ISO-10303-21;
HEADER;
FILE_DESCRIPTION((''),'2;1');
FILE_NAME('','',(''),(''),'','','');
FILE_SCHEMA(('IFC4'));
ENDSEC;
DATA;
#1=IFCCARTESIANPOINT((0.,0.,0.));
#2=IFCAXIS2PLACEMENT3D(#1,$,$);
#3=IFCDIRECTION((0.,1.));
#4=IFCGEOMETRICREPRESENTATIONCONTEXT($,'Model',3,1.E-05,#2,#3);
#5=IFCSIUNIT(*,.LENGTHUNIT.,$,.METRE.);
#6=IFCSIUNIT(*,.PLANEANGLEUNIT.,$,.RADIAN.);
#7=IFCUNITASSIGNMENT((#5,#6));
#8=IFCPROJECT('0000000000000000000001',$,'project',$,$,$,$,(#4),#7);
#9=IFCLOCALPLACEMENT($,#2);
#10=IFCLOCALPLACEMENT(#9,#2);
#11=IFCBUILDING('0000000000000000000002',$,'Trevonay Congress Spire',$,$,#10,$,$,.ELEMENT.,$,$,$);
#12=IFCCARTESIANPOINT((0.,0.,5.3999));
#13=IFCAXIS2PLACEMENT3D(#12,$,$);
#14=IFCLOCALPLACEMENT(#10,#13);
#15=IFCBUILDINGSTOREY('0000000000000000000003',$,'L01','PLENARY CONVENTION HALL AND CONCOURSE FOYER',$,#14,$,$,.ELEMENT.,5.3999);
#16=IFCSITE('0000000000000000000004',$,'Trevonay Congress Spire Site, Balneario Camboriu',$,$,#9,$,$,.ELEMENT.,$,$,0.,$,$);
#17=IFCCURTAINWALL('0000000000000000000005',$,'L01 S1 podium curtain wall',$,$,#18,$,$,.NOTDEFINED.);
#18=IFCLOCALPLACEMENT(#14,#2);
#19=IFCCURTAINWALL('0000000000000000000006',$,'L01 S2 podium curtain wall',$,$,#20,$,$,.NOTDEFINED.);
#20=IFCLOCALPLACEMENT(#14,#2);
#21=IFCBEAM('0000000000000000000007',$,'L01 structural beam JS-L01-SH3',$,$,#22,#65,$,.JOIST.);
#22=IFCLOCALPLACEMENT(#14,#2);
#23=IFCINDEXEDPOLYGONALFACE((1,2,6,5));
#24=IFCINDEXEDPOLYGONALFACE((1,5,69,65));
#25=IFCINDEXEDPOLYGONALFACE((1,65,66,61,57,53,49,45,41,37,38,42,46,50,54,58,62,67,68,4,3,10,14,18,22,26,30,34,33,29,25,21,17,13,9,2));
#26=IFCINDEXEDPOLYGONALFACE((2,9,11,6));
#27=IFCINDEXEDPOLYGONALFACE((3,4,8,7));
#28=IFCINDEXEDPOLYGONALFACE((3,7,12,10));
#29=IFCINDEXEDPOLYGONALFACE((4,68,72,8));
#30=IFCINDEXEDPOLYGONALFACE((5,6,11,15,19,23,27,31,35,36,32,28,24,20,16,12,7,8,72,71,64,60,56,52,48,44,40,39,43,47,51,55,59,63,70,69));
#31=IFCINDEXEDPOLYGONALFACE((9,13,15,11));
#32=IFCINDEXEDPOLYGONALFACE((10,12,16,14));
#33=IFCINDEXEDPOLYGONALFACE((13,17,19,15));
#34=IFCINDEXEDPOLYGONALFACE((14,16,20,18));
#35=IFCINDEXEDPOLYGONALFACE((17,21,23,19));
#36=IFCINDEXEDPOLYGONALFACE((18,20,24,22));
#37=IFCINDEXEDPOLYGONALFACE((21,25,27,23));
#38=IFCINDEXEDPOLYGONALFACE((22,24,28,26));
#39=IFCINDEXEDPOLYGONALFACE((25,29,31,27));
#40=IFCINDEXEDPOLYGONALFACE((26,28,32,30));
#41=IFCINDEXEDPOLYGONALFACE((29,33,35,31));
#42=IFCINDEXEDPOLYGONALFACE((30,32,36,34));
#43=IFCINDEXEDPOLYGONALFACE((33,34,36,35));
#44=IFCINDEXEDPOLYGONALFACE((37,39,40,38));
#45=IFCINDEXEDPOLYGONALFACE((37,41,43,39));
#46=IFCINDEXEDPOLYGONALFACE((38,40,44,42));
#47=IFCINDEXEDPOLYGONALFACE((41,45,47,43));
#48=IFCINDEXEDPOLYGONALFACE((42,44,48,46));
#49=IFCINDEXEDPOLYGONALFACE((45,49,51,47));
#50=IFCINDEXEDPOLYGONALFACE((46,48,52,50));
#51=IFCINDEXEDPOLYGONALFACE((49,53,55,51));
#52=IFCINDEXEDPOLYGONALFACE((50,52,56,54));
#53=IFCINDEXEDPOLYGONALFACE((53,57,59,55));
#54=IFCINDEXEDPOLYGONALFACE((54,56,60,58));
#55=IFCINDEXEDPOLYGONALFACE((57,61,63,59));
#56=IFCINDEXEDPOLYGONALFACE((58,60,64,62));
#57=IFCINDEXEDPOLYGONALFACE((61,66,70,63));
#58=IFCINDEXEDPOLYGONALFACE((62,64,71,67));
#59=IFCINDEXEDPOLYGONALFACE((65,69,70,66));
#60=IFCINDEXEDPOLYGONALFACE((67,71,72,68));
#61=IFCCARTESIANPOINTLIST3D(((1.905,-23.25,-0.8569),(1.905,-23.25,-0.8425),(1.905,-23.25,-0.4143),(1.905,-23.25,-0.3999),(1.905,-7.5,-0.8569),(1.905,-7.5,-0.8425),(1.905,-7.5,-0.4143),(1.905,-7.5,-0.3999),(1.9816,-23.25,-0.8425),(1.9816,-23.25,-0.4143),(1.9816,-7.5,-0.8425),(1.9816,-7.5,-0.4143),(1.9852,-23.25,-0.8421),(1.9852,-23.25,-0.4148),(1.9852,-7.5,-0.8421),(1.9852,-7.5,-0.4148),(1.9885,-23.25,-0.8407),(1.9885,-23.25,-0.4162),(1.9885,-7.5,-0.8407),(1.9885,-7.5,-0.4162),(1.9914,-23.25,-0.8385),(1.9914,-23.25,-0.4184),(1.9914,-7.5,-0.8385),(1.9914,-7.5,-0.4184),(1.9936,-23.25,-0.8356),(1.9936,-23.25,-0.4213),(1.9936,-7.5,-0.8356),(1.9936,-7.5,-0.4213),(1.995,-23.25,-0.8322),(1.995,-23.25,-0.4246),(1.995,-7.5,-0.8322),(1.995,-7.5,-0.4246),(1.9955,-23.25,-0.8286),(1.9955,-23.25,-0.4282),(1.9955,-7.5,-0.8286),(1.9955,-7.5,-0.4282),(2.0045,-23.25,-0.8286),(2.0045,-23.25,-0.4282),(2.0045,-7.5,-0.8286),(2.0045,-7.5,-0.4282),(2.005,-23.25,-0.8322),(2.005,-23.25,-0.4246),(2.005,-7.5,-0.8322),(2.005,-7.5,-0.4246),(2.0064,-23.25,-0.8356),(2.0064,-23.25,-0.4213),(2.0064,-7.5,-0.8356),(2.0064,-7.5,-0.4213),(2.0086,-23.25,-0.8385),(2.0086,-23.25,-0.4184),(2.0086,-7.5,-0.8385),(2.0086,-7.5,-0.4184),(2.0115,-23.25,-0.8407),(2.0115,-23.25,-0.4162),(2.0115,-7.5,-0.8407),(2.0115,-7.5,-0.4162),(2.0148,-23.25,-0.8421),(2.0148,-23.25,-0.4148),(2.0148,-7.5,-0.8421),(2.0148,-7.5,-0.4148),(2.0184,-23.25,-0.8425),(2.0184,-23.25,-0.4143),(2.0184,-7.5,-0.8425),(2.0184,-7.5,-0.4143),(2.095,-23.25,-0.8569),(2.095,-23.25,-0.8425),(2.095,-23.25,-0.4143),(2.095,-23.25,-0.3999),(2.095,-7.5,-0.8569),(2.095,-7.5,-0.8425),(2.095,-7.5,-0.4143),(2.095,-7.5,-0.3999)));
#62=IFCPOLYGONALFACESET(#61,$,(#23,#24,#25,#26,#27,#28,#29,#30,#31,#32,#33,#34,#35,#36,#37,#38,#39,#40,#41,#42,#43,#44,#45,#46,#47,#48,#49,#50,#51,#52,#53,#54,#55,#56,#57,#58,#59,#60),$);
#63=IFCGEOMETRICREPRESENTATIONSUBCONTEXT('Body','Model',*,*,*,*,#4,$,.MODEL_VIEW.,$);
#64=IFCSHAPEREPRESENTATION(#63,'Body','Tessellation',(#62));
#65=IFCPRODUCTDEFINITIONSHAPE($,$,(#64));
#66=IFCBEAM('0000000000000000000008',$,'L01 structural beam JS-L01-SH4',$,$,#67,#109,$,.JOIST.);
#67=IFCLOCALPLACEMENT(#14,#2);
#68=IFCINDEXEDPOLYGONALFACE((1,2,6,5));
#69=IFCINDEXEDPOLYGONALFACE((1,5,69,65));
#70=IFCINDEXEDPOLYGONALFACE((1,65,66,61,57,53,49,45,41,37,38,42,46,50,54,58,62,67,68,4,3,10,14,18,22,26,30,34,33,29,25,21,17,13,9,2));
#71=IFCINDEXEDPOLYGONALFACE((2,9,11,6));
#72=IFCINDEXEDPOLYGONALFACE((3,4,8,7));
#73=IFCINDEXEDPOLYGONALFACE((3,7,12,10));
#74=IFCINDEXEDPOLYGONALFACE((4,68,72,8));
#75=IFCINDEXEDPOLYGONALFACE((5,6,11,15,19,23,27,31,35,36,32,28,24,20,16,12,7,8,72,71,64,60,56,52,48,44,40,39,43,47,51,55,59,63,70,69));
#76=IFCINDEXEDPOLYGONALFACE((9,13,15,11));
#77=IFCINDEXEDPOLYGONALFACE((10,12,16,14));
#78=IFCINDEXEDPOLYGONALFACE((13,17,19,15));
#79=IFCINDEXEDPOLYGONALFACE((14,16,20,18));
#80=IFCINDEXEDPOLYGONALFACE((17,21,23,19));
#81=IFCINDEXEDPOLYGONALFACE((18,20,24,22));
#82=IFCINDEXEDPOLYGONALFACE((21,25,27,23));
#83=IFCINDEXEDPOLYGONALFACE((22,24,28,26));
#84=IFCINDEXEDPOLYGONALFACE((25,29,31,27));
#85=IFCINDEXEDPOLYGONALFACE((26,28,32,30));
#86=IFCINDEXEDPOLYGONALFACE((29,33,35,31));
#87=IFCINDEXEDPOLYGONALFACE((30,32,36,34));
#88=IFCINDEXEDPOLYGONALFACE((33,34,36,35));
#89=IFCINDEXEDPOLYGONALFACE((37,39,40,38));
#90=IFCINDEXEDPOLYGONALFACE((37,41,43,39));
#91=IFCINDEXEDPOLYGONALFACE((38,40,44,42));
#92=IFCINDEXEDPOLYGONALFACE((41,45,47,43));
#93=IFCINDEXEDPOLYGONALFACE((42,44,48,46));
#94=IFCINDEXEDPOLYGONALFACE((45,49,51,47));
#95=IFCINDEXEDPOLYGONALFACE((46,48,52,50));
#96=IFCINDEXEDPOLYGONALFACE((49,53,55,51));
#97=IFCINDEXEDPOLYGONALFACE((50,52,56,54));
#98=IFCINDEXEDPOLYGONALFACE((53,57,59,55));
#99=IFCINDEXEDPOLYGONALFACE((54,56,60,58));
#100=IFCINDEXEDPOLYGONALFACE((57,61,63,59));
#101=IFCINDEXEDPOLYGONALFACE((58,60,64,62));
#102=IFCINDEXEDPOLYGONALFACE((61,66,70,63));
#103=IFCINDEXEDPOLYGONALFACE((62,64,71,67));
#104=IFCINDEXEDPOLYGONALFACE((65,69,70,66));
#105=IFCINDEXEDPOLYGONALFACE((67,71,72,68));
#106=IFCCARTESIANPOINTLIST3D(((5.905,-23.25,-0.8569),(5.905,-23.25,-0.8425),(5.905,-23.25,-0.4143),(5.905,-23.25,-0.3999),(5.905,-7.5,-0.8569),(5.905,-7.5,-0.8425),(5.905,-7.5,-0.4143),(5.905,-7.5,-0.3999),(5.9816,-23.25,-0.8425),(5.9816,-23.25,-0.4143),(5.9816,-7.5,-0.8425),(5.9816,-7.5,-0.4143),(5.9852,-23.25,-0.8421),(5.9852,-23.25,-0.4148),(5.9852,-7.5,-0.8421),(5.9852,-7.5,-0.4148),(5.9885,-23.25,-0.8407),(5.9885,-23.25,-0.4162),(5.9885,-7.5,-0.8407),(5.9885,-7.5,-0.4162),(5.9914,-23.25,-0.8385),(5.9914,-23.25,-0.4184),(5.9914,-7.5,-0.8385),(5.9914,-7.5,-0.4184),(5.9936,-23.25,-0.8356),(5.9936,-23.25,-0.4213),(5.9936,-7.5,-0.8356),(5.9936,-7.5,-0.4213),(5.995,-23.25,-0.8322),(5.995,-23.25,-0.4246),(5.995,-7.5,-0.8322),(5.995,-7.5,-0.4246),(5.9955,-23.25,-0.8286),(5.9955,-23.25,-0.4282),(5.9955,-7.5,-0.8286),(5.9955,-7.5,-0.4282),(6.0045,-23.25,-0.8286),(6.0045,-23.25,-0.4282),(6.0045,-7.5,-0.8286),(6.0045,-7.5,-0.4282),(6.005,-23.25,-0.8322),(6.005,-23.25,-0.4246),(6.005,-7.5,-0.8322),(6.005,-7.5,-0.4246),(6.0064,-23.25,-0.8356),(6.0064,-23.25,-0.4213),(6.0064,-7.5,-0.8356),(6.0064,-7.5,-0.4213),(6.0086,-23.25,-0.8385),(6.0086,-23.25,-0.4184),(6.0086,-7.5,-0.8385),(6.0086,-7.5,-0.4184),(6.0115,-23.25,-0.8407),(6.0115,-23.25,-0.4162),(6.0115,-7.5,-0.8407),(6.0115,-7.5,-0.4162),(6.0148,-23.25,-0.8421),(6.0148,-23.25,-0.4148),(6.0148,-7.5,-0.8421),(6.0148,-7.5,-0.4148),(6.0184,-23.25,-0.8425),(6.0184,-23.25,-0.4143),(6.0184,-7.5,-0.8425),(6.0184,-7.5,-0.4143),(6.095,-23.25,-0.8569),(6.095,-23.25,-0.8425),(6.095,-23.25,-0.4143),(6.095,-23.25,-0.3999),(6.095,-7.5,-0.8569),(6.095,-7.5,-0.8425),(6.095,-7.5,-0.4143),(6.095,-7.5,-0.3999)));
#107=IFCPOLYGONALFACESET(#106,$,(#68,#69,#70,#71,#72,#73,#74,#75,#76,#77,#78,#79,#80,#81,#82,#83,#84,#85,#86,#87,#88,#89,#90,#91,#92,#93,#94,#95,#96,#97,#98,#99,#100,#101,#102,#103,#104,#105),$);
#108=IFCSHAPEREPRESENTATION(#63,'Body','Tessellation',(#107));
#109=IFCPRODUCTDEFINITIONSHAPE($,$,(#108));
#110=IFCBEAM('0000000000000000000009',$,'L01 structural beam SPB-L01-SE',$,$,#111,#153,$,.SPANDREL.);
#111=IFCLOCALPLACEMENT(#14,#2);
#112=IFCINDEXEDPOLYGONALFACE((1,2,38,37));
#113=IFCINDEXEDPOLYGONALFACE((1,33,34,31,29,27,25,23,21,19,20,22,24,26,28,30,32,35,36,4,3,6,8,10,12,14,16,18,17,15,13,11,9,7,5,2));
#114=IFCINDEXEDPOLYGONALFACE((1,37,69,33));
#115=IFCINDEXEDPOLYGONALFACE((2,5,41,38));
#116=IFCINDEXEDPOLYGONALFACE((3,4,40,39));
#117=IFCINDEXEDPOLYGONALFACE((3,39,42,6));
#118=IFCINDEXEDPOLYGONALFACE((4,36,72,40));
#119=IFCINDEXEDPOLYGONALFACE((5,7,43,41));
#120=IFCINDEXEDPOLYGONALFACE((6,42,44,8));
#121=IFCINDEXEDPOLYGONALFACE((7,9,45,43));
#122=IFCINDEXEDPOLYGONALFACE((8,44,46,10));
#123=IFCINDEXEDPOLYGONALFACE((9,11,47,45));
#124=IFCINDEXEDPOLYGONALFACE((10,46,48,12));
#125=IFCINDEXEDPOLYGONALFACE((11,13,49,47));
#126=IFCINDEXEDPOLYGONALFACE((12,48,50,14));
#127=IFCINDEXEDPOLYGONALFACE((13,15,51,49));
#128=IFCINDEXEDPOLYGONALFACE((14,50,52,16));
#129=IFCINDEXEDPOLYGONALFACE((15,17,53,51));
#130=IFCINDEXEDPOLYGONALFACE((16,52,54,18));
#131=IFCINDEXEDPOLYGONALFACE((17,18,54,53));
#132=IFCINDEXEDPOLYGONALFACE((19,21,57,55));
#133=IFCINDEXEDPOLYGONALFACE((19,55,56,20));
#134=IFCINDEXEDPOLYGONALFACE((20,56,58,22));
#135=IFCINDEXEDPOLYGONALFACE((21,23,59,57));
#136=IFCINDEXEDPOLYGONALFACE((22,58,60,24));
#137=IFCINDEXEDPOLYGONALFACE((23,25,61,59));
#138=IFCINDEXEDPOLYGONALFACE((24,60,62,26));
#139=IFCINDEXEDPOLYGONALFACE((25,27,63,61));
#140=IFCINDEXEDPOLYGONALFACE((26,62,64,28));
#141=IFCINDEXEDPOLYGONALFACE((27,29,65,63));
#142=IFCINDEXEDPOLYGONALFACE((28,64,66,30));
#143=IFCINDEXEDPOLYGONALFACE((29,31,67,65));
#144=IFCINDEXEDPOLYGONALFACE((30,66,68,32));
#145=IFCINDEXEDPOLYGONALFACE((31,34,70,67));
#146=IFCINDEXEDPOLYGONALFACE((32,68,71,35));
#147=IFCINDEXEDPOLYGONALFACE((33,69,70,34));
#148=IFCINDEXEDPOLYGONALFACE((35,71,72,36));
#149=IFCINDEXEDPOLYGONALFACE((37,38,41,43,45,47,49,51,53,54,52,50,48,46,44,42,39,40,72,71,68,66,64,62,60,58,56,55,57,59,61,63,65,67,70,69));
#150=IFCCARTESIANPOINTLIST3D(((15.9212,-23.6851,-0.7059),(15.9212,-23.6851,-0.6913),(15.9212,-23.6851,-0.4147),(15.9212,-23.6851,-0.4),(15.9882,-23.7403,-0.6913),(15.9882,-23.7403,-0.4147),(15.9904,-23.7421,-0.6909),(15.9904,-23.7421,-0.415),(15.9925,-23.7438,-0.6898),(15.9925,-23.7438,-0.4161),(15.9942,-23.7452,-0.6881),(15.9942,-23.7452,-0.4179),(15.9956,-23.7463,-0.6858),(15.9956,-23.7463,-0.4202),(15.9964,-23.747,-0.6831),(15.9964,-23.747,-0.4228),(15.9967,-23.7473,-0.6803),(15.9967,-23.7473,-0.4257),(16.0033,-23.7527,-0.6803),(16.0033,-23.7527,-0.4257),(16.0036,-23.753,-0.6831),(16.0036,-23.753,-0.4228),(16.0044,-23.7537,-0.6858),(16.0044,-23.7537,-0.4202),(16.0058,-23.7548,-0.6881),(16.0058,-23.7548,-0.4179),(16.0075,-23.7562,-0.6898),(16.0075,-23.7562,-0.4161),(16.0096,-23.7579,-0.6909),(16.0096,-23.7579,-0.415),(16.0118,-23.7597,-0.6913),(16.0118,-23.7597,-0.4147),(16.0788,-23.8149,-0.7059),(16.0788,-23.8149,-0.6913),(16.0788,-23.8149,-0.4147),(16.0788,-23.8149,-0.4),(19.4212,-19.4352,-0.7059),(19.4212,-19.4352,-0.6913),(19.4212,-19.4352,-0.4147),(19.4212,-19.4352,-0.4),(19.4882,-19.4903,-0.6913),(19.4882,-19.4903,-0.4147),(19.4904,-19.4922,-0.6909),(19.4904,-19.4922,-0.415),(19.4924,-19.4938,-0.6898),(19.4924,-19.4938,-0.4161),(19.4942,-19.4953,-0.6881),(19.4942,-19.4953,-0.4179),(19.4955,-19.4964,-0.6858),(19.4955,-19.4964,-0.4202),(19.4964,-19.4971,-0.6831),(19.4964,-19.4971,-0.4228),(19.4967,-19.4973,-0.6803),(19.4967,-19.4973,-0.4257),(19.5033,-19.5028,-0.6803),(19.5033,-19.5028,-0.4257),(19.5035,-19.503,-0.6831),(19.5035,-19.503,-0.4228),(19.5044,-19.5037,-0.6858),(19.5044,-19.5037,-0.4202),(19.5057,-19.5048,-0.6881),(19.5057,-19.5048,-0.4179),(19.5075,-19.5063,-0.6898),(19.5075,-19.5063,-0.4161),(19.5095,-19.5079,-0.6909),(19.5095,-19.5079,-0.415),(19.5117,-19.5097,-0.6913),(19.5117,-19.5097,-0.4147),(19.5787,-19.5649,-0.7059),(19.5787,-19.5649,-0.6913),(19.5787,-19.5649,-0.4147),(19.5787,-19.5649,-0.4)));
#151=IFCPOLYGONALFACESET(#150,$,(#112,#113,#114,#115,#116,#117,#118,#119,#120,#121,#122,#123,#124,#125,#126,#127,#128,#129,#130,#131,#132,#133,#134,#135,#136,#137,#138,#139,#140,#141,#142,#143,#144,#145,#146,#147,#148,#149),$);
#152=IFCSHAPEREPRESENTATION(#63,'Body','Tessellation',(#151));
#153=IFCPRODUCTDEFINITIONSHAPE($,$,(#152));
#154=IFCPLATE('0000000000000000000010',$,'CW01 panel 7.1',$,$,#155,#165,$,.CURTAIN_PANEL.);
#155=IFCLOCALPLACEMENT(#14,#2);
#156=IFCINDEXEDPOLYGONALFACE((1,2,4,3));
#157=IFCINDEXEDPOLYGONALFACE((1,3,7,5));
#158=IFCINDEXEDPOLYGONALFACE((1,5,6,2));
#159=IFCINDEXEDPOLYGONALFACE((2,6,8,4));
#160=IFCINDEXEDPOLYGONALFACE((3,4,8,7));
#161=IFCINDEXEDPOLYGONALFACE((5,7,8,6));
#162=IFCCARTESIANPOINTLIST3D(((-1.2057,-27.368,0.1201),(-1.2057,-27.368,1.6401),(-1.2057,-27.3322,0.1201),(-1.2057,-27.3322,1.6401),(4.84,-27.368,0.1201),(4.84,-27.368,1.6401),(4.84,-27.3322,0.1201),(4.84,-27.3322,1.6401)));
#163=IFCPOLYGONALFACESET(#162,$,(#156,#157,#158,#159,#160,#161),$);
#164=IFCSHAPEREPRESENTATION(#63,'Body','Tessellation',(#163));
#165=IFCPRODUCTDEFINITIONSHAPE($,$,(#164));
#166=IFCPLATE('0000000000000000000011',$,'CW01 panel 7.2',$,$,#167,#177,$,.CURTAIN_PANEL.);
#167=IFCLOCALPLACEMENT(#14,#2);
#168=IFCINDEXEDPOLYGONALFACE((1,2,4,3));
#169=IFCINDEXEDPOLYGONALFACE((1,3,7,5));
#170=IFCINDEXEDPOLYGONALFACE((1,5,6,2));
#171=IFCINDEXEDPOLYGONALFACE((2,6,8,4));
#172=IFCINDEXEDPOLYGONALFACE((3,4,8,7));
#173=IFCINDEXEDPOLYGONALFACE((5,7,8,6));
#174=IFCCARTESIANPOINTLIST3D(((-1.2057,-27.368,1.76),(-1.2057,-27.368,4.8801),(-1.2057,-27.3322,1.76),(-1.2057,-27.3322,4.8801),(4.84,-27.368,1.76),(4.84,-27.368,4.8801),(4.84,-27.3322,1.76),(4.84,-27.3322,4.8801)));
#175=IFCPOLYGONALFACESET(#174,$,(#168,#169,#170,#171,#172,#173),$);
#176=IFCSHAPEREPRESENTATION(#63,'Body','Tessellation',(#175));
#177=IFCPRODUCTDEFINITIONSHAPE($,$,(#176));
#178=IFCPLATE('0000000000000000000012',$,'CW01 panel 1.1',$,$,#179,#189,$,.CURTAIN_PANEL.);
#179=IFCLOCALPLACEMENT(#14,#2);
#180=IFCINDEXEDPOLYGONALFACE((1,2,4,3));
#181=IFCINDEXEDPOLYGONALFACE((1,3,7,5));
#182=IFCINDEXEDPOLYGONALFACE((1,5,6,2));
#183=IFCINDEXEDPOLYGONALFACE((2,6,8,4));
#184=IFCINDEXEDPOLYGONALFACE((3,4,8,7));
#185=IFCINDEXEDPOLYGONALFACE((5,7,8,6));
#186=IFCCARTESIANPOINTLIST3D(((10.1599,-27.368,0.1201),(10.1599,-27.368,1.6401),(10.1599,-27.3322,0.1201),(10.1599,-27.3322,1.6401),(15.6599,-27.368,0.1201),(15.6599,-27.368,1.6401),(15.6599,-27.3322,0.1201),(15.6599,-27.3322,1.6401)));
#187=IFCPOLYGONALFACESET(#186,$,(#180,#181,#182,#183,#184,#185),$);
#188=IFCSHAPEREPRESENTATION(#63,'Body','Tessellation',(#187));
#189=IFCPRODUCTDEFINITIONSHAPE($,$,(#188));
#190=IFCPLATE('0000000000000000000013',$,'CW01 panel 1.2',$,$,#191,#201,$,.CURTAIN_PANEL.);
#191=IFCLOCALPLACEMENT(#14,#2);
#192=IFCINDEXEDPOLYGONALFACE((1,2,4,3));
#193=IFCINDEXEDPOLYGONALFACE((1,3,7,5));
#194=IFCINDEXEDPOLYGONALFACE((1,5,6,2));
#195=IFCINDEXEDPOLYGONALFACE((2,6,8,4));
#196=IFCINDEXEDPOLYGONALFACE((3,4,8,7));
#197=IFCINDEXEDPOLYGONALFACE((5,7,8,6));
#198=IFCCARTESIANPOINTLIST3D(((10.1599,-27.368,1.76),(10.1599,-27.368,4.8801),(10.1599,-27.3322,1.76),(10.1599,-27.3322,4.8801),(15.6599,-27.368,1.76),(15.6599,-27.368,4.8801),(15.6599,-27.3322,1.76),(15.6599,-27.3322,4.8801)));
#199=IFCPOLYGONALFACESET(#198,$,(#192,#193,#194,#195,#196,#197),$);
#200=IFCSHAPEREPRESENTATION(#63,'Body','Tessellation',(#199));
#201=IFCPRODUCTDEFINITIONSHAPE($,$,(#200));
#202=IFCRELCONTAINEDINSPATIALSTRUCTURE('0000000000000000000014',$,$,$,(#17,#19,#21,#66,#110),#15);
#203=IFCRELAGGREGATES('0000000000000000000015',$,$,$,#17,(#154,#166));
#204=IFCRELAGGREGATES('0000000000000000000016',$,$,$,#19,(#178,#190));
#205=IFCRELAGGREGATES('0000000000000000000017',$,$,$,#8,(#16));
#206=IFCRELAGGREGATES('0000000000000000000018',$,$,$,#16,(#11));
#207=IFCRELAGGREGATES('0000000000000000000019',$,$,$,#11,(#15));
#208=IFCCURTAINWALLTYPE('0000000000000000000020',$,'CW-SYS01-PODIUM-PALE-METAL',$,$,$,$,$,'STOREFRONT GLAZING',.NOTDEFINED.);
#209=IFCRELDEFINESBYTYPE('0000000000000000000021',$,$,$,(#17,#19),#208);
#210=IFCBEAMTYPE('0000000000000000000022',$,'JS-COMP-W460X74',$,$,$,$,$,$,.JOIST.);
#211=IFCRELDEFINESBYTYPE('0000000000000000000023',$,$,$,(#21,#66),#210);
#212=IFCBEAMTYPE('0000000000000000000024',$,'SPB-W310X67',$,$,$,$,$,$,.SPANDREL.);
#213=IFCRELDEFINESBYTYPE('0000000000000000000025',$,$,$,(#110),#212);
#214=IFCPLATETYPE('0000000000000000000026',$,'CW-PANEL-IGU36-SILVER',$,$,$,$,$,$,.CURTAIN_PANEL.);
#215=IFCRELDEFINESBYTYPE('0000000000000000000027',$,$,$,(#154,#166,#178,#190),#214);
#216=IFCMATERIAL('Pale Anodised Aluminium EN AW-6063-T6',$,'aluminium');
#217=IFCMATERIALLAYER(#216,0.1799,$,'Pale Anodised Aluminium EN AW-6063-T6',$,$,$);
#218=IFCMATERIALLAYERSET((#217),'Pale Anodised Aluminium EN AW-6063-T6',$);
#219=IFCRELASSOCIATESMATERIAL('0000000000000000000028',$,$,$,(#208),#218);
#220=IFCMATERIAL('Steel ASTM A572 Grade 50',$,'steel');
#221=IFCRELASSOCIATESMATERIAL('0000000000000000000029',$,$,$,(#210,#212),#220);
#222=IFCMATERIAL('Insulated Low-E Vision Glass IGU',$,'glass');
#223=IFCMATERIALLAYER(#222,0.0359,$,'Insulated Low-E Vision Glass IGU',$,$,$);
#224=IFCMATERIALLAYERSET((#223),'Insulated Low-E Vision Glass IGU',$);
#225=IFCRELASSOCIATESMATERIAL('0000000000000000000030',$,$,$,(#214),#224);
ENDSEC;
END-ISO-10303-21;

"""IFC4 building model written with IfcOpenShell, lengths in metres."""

from ifc_helpers import new_model, si_unit, direction, frame, origin, origin_2d, place, context, subcontext, project, spatial, rectangle, i_section, extrude, material, layer, layer_set, material_profile, profile_set, type_object, element, aggregate, save


model = new_model("IFC4")

# Units and contexts
model_context = context("Model", 3, precision=1e-05, world=origin(), true_north=direction((0.0, 1.0)))
body_context = subcontext(model_context, "Body", "Model", "MODEL_VIEW")
ifc_project = project(units=[si_unit("LENGTHUNIT", "METRE"), si_unit("PLANEANGLEUNIT", "RADIAN")], contexts=[model_context])

# Site, building, storey
site_placement = place(None, origin())
site = spatial("IfcSite", under=ifc_project, at=site_placement, Name="Trevonay Congress Spire Site, Balneario Camboriu", CompositionType="ELEMENT", RefElevation=0.0)
building_placement = place(site_placement, origin())
building = spatial("IfcBuilding", under=site, at=building_placement, Name="Trevonay Congress Spire", CompositionType="ELEMENT")
storey_placement = place(building_placement, frame((0.0, 0.0, 5.3999)))
storey = spatial("IfcBuildingStorey", under=building, at=storey_placement, Name="L01", Description="PLENARY CONVENTION HALL AND CONCOURSE FOYER", CompositionType="ELEMENT", Elevation=5.3999)

# Shared definitions
ifc_material_1 = material(Name="Steel ASTM A572 Grade 50", Category="steel")

# Curtain wall
ifc_material_2 = material(Name="Pale Anodised Aluminium EN AW-6063-T6", Category="aluminium")
ifc_layer_1 = layer(ifc_material_2, 0.1799, Name="Pale Anodised Aluminium EN AW-6063-T6")
ifc_layer_set_1 = layer_set([ifc_layer_1], Name="Pale Anodised Aluminium EN AW-6063-T6")
curtain_wall_type = type_object("IfcCurtainWallType", Name="CW-SYS01-PODIUM-PALE-METAL", ElementType="STOREFRONT GLAZING", PredefinedType="NOTDEFINED", material=ifc_layer_set_1)
curtain_wall_1_placement = place(storey_placement, origin())
curtain_wall_1 = element("IfcCurtainWall", 1, at=curtain_wall_1_placement, inside=storey, type_object=curtain_wall_type, Name="L01 S1 podium curtain wall", PredefinedType="NOTDEFINED")

# Curtain wall
curtain_wall_2_placement = place(storey_placement, origin())
curtain_wall_2 = element("IfcCurtainWall", 2, at=curtain_wall_2_placement, inside=storey, type_object=curtain_wall_type, Name="L01 S2 podium curtain wall", PredefinedType="NOTDEFINED")

# Beams
ifc_material_profile_1 = material_profile(ifc_material_1, i_section(OverallWidth=0.1899, OverallDepth=0.457, WebThickness=0.009, FlangeThickness=0.0144, FilletRadius=0.0139, at=origin_2d()), Name="W460x74")
ifc_profile_set_1 = profile_set([ifc_material_profile_1], Name="Steel ASTM A572 Grade 50")
beam_type_1 = type_object("IfcBeamType", Name="JS-COMP-W460X74", PredefinedType="JOIST", material=ifc_profile_set_1)
for number, where, z_axis, x_axis, name in (
    (3, (2.0, -23.25, -0.6284), (0.0, 1.0, 0.0), (-1.0, 0.0, 0.0), "L01 structural beam JS-L01-SH3"),
    (4, (6.0, -23.25, -0.6284), (0.0, 1.0, 0.0), (-1.0, 0.0, 0.0), "L01 structural beam JS-L01-SH4"),
):
    element("IfcBeam", number, at=place(storey_placement, frame(where, z_axis=z_axis, x_axis=x_axis)), inside=storey, type_object=beam_type_1, Name=name, PredefinedType="JOIST", context=body_context, shape_type="SweptSolid", body=[
        extrude(i_section(OverallWidth=0.1899, OverallDepth=0.457, WebThickness=0.009, FlangeThickness=0.0144, FilletRadius=0.0139, at=origin_2d()), origin(), (0.0, 0.0, 1.0), 15.75),
    ])
ifc_material_profile_2 = material_profile(ifc_material_1, i_section(OverallWidth=0.2041, OverallDepth=0.3059, WebThickness=0.0085, FlangeThickness=0.0146, FilletRadius=0.011, at=origin_2d()), Name="W310x67")
ifc_profile_set_2 = profile_set([ifc_material_profile_2], Name="Steel ASTM A572 Grade 50")
beam_type_2 = type_object("IfcBeamType", Name="SPB-W310X67", PredefinedType="SPANDREL", material=ifc_profile_set_2)
beam_1_placement = place(storey_placement, frame((16.0, -23.75, -0.553), z_axis=(0.635707, 0.77193, 0.0), x_axis=(-0.77193, 0.635707, 0.0)))
element("IfcBeam", 5, at=beam_1_placement, inside=storey, type_object=beam_type_2, Name="L01 structural beam SPB-L01-SE", PredefinedType="SPANDREL", context=body_context, shape_type="SweptSolid", body=[
    extrude(i_section(OverallWidth=0.2041, OverallDepth=0.3059, WebThickness=0.0085, FlangeThickness=0.0146, FilletRadius=0.011, at=origin_2d()), origin(), (0.0, 0.0, 1.0), 5.5056),
])

# Plates
ifc_material_3 = material(Name="Insulated Low-E Vision Glass IGU", Category="glass")
ifc_layer_2 = layer(ifc_material_3, 0.0359, Name="Insulated Low-E Vision Glass IGU")
ifc_layer_set_2 = layer_set([ifc_layer_2], Name="Insulated Low-E Vision Glass IGU")
plate_type = type_object("IfcPlateType", Name="CW-PANEL-IGU36-SILVER", PredefinedType="CURTAIN_PANEL", material=ifc_layer_set_2)
plate_1_placement = place(storey_placement, frame((1.8171, -27.3501, 0.1201), z_axis=(0.0, 0.0, 1.0), x_axis=(1.0, 0.0, 0.0)))
plate_1 = element("IfcPlate", 6, at=plate_1_placement, type_object=plate_type, Name="CW01 panel 7.1", PredefinedType="CURTAIN_PANEL", context=body_context, shape_type="SweptSolid", body=[
    extrude(rectangle(XDim=6.0457, YDim=0.0359, at=origin_2d()), origin(), (0.0, 0.0, 1.0), 1.52),
])
plate_2_placement = place(storey_placement, frame((1.8171, -27.3501, 1.76), z_axis=(0.0, 0.0, 1.0), x_axis=(1.0, 0.0, 0.0)))
plate_2 = element("IfcPlate", 7, at=plate_2_placement, type_object=plate_type, Name="CW01 panel 7.2", PredefinedType="CURTAIN_PANEL", context=body_context, shape_type="SweptSolid", body=[
    extrude(rectangle(XDim=6.0457, YDim=0.0359, at=origin_2d()), origin(), (0.0, 0.0, 1.0), 3.1201),
])
aggregate(curtain_wall_1, [plate_1, plate_2])
plate_3_placement = place(storey_placement, frame((12.9099, -27.3501, 0.1201), z_axis=(0.0, 0.0, 1.0), x_axis=(1.0, 0.0, 0.0)))
plate_3 = element("IfcPlate", 8, at=plate_3_placement, type_object=plate_type, Name="CW01 panel 1.1", PredefinedType="CURTAIN_PANEL", context=body_context, shape_type="SweptSolid", body=[
    extrude(rectangle(XDim=5.5, YDim=0.0359, at=origin_2d()), origin(), (0.0, 0.0, 1.0), 1.52),
])
plate_4_placement = place(storey_placement, frame((12.9099, -27.3501, 1.76), z_axis=(0.0, 0.0, 1.0), x_axis=(1.0, 0.0, 0.0)))
plate_4 = element("IfcPlate", 9, at=plate_4_placement, type_object=plate_type, Name="CW01 panel 1.2", PredefinedType="CURTAIN_PANEL", context=body_context, shape_type="SweptSolid", body=[
    extrude(rectangle(XDim=5.5, YDim=0.0359, at=origin_2d()), origin(), (0.0, 0.0, 1.0), 3.1201),
])
aggregate(curtain_wall_2, [plate_3, plate_4])

save(model, "model.ifc")
